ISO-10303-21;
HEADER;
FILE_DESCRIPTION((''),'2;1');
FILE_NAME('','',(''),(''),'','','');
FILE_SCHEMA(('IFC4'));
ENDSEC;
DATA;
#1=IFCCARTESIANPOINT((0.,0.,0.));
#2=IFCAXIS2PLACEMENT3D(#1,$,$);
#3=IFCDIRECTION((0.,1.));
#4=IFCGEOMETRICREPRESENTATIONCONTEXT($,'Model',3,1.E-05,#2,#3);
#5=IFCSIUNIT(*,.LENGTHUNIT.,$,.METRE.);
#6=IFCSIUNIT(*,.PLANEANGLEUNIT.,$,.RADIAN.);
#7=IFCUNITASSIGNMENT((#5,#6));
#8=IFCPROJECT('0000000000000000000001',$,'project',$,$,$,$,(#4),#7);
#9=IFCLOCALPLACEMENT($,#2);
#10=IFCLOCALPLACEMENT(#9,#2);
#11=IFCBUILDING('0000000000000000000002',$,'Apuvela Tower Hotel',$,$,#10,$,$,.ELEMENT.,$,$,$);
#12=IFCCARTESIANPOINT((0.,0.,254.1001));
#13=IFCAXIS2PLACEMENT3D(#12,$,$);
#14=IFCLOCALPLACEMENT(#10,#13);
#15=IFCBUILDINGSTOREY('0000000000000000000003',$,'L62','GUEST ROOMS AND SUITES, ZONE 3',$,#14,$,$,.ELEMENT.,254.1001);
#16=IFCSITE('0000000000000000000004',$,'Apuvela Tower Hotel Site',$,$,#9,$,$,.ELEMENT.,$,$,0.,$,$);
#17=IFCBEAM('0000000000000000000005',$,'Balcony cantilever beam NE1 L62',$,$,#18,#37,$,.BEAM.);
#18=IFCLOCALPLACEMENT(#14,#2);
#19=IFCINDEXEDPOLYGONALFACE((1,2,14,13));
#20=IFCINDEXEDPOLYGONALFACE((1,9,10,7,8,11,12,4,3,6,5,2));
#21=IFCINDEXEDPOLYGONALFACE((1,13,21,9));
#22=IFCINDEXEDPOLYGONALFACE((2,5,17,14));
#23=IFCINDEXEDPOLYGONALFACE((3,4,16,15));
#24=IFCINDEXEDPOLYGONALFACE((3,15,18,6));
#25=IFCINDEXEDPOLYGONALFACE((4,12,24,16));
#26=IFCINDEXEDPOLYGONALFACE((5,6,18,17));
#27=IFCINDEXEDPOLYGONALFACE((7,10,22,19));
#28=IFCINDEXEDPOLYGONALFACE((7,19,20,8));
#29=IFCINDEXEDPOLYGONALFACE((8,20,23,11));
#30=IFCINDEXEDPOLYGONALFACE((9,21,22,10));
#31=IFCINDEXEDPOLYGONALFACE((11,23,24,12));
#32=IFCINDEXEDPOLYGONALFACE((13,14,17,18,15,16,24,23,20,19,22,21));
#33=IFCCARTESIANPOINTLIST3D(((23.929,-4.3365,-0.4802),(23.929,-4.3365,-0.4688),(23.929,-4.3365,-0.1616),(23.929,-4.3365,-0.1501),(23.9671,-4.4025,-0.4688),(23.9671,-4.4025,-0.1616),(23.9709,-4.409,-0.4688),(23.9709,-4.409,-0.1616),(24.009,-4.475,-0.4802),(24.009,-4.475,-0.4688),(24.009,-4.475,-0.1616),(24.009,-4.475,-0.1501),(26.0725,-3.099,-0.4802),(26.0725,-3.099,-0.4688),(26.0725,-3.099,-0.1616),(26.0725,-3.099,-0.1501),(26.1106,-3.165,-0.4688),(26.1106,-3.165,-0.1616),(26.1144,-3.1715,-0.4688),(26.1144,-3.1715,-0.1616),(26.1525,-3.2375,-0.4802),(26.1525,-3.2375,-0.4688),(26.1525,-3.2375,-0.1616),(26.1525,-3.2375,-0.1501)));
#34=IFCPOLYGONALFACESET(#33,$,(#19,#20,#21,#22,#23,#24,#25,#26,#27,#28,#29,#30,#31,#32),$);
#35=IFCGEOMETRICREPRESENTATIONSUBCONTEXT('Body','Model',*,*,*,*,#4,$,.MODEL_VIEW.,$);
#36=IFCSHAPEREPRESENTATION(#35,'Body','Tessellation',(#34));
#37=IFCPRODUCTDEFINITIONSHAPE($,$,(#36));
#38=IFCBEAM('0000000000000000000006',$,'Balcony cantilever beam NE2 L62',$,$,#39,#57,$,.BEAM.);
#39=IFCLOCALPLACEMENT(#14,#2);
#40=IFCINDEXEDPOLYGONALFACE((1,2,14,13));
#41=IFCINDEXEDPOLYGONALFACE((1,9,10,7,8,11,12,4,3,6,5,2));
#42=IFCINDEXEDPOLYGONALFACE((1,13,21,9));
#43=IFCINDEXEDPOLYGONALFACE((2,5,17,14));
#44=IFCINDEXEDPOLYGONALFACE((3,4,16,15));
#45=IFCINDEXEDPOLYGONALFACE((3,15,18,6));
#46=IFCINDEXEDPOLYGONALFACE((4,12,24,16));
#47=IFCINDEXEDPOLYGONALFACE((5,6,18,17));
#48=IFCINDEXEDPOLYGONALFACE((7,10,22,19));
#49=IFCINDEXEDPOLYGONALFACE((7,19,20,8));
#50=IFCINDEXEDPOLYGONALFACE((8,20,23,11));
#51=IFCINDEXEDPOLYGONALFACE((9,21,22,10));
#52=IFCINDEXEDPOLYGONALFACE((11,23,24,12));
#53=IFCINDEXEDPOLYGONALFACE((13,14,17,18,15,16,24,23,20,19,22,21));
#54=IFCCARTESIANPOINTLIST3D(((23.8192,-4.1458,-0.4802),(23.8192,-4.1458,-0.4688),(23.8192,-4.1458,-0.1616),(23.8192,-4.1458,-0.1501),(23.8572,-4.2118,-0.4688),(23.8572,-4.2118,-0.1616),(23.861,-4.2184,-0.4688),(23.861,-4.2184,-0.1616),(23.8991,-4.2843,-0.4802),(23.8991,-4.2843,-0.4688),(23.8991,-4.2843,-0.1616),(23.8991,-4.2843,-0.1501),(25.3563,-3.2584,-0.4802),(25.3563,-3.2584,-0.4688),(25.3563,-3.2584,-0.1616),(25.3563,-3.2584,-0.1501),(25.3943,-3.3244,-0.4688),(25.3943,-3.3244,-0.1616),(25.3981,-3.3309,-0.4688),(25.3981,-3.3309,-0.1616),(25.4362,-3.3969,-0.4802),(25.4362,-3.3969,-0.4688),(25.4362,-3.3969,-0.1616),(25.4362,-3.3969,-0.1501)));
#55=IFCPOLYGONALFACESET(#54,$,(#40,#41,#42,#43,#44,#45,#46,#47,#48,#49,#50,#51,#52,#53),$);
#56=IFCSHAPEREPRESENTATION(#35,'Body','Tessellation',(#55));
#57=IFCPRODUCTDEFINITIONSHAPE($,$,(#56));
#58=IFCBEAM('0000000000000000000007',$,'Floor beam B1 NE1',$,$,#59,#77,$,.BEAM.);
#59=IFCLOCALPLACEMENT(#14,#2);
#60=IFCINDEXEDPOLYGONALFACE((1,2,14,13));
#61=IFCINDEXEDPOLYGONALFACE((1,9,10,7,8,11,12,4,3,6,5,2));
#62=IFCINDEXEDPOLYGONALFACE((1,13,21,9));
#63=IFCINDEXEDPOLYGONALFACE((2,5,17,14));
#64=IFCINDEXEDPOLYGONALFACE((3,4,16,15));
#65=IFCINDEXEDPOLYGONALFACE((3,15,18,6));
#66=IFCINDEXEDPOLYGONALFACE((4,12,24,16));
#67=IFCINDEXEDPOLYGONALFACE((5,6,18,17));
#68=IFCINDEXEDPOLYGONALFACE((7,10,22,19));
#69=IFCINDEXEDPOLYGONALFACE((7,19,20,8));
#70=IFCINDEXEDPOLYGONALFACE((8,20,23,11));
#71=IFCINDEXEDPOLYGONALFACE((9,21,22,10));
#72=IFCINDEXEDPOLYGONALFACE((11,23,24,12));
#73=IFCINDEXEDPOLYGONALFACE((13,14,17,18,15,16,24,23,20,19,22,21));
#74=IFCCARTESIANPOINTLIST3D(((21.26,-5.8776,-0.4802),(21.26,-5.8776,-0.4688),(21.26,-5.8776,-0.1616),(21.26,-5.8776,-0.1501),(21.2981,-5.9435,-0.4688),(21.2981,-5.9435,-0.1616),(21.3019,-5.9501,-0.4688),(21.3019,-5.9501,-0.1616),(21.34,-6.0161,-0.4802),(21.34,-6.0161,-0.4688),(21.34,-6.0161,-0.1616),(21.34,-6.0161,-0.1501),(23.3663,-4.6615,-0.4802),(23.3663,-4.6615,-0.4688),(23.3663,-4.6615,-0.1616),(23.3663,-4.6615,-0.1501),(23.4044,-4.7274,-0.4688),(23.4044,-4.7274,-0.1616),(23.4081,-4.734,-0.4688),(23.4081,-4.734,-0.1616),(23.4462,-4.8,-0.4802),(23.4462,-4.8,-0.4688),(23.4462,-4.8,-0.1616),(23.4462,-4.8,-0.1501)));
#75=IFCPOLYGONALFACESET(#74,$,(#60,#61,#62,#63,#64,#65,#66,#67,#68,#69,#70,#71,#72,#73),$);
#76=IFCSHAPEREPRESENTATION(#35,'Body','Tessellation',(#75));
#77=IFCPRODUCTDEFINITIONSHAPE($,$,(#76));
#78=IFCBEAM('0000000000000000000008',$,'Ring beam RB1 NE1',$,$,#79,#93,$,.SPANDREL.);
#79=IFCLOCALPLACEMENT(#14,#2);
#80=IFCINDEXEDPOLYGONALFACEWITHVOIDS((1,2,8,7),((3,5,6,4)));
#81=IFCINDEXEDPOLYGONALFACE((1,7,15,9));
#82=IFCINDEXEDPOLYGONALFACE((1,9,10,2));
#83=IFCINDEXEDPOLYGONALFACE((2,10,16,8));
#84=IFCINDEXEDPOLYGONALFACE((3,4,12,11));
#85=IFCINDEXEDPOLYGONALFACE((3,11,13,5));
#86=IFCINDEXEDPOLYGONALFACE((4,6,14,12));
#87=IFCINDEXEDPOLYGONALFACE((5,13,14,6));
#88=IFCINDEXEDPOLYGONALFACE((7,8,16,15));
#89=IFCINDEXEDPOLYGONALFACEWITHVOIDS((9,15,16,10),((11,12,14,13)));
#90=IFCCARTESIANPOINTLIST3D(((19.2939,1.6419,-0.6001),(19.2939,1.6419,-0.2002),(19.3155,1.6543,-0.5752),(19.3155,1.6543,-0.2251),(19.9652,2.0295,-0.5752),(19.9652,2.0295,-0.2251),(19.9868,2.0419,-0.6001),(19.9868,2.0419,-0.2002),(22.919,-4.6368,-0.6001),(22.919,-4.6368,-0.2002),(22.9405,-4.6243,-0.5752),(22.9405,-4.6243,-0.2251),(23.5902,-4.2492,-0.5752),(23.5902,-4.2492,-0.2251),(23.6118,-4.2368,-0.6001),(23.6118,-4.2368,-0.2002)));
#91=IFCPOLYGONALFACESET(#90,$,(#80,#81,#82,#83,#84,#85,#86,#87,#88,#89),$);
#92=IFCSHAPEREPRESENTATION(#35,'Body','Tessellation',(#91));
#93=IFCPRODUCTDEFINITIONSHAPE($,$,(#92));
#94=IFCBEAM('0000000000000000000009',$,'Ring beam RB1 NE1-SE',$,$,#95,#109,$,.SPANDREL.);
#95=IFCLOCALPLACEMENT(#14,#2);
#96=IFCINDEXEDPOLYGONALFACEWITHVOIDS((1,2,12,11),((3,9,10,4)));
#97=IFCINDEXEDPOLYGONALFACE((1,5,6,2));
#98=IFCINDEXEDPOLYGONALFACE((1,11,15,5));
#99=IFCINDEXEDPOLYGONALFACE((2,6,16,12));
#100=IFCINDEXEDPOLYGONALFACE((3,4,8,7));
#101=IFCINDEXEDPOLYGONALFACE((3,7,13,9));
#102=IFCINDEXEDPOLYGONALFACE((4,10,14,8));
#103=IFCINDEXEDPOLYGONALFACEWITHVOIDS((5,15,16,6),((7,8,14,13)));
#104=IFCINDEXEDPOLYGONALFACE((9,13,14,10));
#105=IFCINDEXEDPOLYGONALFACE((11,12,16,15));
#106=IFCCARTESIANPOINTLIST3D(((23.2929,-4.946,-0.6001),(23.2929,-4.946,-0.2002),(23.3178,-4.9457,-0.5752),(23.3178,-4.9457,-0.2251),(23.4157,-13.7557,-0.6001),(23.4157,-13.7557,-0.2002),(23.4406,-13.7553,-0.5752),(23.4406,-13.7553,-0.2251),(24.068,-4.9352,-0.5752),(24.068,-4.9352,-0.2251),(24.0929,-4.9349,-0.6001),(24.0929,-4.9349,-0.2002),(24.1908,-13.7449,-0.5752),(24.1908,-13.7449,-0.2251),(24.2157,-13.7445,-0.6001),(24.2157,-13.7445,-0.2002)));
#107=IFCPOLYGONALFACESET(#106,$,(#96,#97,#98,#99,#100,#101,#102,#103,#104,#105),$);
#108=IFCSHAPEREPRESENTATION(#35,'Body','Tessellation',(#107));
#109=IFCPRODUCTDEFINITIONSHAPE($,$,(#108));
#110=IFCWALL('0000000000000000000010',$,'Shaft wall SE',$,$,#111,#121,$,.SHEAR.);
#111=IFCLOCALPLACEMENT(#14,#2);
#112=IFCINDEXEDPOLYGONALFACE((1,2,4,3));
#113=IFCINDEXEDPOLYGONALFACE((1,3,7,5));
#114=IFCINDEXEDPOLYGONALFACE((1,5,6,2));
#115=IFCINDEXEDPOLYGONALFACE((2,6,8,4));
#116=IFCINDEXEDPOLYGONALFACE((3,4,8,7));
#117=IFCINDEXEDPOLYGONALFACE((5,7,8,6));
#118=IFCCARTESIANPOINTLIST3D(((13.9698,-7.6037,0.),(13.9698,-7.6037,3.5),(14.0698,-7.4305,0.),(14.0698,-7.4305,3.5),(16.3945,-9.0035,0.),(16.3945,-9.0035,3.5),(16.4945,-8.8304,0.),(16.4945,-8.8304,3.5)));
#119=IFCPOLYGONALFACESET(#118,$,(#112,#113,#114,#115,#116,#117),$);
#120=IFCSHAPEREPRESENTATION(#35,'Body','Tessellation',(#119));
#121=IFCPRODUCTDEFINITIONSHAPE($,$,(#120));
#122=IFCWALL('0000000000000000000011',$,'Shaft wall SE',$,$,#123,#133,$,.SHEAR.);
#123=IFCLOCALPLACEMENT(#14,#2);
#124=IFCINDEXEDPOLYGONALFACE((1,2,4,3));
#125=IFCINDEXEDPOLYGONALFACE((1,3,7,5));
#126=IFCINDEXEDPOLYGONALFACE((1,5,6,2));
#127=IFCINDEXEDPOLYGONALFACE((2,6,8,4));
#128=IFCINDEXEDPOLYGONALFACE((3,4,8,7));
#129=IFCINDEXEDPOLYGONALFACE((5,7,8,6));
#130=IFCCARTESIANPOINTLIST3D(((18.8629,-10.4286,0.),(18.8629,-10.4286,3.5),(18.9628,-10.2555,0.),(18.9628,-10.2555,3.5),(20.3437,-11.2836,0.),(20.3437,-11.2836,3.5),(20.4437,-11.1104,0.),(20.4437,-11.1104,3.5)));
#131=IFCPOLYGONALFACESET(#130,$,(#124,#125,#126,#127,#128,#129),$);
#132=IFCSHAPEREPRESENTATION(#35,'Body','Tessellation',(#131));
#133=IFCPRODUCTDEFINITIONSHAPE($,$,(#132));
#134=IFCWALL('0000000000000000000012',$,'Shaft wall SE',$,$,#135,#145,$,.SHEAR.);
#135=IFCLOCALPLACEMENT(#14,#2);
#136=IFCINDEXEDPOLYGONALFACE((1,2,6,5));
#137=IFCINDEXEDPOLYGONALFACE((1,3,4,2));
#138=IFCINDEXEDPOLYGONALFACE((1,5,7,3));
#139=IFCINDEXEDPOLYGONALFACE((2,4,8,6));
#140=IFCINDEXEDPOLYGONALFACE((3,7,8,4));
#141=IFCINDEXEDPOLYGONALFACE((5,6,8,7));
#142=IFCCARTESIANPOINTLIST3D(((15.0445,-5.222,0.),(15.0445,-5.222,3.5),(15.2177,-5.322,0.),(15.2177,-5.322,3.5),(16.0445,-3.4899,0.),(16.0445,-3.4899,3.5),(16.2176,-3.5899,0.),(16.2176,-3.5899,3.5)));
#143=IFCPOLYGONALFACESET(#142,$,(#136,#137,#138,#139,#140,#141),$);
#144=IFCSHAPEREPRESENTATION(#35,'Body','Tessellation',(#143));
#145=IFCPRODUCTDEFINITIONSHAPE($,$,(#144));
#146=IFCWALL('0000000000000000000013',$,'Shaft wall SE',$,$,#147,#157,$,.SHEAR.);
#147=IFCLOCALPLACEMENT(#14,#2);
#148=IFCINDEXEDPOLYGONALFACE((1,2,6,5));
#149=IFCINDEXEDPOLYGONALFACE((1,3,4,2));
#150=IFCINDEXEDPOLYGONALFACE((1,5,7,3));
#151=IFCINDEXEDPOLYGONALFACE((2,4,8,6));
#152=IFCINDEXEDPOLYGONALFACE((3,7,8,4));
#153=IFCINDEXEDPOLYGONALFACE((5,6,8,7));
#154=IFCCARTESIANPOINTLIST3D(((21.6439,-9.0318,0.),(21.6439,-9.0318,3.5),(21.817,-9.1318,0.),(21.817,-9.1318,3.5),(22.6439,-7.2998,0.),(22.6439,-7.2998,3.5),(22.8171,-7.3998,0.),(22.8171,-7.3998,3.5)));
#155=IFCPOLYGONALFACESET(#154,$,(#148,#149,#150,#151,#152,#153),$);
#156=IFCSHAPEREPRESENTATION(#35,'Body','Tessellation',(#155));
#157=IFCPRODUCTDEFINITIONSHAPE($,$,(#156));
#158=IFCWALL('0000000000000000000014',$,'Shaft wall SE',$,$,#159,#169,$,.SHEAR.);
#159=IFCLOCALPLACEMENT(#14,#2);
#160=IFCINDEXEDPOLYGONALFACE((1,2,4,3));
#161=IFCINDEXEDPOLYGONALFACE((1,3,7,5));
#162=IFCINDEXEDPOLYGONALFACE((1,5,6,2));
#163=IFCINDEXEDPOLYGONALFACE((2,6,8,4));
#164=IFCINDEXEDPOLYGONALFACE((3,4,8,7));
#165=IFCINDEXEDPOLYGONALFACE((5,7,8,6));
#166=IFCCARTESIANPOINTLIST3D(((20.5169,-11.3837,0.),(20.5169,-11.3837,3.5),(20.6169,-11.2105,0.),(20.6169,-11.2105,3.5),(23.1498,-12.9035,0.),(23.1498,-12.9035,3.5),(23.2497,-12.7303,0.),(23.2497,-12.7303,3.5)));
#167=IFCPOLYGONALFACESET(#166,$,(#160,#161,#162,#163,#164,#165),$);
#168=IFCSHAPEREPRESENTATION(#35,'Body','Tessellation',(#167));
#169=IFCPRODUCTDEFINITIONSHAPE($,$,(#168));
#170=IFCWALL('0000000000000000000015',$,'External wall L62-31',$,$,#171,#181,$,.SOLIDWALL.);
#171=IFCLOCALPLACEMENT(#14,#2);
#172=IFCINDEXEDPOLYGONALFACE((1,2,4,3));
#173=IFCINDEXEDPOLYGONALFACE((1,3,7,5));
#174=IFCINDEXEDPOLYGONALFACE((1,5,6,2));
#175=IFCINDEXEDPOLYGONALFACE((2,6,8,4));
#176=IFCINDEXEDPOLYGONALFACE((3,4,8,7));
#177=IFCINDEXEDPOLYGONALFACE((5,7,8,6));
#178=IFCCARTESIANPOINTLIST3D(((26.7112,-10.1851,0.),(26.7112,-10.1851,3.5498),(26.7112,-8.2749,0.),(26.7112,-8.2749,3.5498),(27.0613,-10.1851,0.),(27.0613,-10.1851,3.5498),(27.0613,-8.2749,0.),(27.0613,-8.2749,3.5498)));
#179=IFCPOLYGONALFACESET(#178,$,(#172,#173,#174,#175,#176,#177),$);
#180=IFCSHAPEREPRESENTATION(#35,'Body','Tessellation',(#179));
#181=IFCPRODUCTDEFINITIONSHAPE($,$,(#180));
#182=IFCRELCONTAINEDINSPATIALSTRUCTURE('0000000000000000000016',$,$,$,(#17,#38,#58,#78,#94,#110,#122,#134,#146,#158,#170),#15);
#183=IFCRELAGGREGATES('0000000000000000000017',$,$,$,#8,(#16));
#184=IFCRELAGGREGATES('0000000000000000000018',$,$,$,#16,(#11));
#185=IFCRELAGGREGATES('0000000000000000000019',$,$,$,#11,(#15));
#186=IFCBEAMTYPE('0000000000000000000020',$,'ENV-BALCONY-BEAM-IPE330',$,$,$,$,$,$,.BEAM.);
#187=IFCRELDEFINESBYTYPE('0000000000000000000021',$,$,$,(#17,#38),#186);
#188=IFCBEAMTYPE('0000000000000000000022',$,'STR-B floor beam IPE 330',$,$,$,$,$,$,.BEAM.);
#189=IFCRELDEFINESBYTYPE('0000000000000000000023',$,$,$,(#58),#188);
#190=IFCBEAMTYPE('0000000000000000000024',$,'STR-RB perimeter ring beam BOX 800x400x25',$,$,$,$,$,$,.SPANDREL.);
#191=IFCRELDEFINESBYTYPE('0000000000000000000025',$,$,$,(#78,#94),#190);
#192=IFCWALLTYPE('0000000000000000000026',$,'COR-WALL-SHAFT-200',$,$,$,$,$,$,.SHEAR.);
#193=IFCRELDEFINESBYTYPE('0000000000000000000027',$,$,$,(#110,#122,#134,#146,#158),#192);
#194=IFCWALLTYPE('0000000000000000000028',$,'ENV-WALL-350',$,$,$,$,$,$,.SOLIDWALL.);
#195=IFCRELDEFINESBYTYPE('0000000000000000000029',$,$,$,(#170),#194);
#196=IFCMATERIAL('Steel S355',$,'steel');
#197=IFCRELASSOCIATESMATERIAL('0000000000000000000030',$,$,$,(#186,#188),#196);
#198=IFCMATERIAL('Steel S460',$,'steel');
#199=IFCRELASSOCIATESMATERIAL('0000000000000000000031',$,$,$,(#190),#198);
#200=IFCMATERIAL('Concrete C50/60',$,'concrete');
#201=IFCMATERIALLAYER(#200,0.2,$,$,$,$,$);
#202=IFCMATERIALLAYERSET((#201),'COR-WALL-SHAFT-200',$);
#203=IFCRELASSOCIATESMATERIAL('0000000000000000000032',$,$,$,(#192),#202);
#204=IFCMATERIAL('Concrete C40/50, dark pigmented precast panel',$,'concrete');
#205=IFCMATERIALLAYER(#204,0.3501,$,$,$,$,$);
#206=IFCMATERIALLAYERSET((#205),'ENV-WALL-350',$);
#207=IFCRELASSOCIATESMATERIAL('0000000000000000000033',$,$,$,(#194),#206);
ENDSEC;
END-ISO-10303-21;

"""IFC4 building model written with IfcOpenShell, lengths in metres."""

from ifc_helpers import new_model, si_unit, direction, frame, frame_2d, origin, origin_2d, place, context, subcontext, project, spatial, rectangle, hollow_rectangle, i_section, extrude, material, layer, layer_set, material_profile, profile_set, type_object, element, save


model = new_model("IFC4")

# Units and contexts
model_context = context("Model", 3, precision=1e-05, world=origin(), true_north=direction((0.0, 1.0)))
body_context = subcontext(model_context, "Body", "Model", "MODEL_VIEW")
ifc_project = project(units=[si_unit("LENGTHUNIT", "METRE"), si_unit("PLANEANGLEUNIT", "RADIAN")], contexts=[model_context])

# Site, building, storey
site_placement = place(None, origin())
site = spatial("IfcSite", under=ifc_project, at=site_placement, Name="Apuvela Tower Hotel Site", CompositionType="ELEMENT", RefElevation=0.0)
building_placement = place(site_placement, origin())
building = spatial("IfcBuilding", under=site, at=building_placement, Name="Apuvela Tower Hotel", CompositionType="ELEMENT")
storey_placement = place(building_placement, frame((0.0, 0.0, 254.1001)))
storey = spatial("IfcBuildingStorey", under=building, at=storey_placement, Name="L62", Description="GUEST ROOMS AND SUITES, ZONE 3", CompositionType="ELEMENT", Elevation=254.1001)

# Shared definitions
ifc_material_1 = material(Name="Steel S460", Category="steel")

# Beams
ifc_material_2 = material(Name="Steel S355", Category="steel")
ifc_material_profile_1 = material_profile(ifc_material_2, i_section(OverallWidth=0.1599, OverallDepth=0.3301, WebThickness=0.0076, FlangeThickness=0.0115, at=origin_2d()), Name="IPE 330")
ifc_profile_set_1 = profile_set([ifc_material_profile_1], Name="Steel S355")
beam_type_1 = type_object("IfcBeamType", Name="ENV-BALCONY-BEAM-IPE330", PredefinedType="BEAM", material=ifc_profile_set_1)
beam_1_placement = place(storey_placement, frame((23.969, -4.4058, -0.3152), z_axis=(0.866031, 0.49999, 0.0), x_axis=(-0.49999, 0.866031, 0.0)))
element("IfcBeam", 1, at=beam_1_placement, inside=storey, type_object=beam_type_1, Name="Balcony cantilever beam NE1 L62", PredefinedType="BEAM", context=body_context, shape_type="SweptSolid", body=[
    extrude(i_section(OverallWidth=0.1599, OverallDepth=0.3301, WebThickness=0.0076, FlangeThickness=0.0115, at=origin_2d()), origin(), (0.0, 0.0, 1.0), 2.4751),
])
beam_2_placement = place(storey_placement, frame((23.8591, -4.2151, -0.3152), z_axis=(0.866025, 0.5, 0.0), x_axis=(-0.5, 0.866025, 0.0)))
element("IfcBeam", 2, at=beam_2_placement, inside=storey, type_object=beam_type_1, Name="Balcony cantilever beam NE2 L62", PredefinedType="BEAM", context=body_context, shape_type="SweptSolid", body=[
    extrude(i_section(OverallWidth=0.1599, OverallDepth=0.3301, WebThickness=0.0076, FlangeThickness=0.0115, at=origin_2d()), origin(), (0.0, 0.0, 1.0), 1.7749),
])
ifc_material_profile_2 = material_profile(ifc_material_2, i_section(OverallWidth=0.1599, OverallDepth=0.3301, WebThickness=0.0076, FlangeThickness=0.0115, at=origin_2d()), Name="IPE 330")
ifc_profile_set_2 = profile_set([ifc_material_profile_2], Name="Steel S355")
beam_type_2 = type_object("IfcBeamType", Name="STR-B floor beam IPE 330", PredefinedType="BEAM", material=ifc_profile_set_2)
beam_3_placement = place(storey_placement, frame((23.4062, -4.7307, -0.3152), z_axis=(-0.866017, -0.500015, 0.0), x_axis=(0.500015, -0.866017, 0.0)))
element("IfcBeam", 3, at=beam_3_placement, inside=storey, type_object=beam_type_2, Name="Floor beam B1 NE1", PredefinedType="BEAM", context=body_context, shape_type="SweptSolid", body=[
    extrude(i_section(OverallWidth=0.1599, OverallDepth=0.3301, WebThickness=0.0076, FlangeThickness=0.0115, at=origin_2d()), origin(), (0.0, 0.0, 1.0), 2.4321),
])
ifc_material_profile_3 = material_profile(ifc_material_1, hollow_rectangle(XDim=0.8, YDim=0.3999, WallThickness=0.0249, at=origin_2d()), Name="BOX 800x400x25")
ifc_profile_set_3 = profile_set([ifc_material_profile_3], Name="Steel S460")
beam_type_3 = type_object("IfcBeamType", Name="STR-RB perimeter ring beam BOX 800x400x25", PredefinedType="SPANDREL", material=ifc_profile_set_3)
beam_4_placement = place(storey_placement, frame((23.2654, -4.4368, -0.4001), z_axis=(-0.500007, 0.866021, 0.0), x_axis=(-0.866021, -0.500007, 0.0)))
element("IfcBeam", 4, at=beam_4_placement, inside=storey, type_object=beam_type_3, Name="Ring beam RB1 NE1", PredefinedType="SPANDREL", context=body_context, shape_type="SweptSolid", body=[
    extrude(hollow_rectangle(XDim=0.8, YDim=0.3999, WallThickness=0.0249, at=origin_2d()), origin(), (0.0, 0.0, 1.0), 7.25),
])
beam_5_placement = place(storey_placement, frame((23.6929, -4.9404, -0.4001), z_axis=(0.013938, -0.999903, 0.0), x_axis=(0.999903, 0.013938, 0.0)))
element("IfcBeam", 5, at=beam_5_placement, inside=storey, type_object=beam_type_3, Name="Ring beam RB1 NE1-SE", PredefinedType="SPANDREL", context=body_context, shape_type="SweptSolid", body=[
    extrude(hollow_rectangle(XDim=0.8, YDim=0.3999, WallThickness=0.0249, at=origin_2d()), origin(), (0.0, 0.0, 1.0), 8.8105),
])

# Walls
ifc_material_3 = material(Name="Concrete C50/60", Category="concrete")
ifc_layer_1 = layer(ifc_material_3, 0.2)
ifc_layer_set_1 = layer_set([ifc_layer_1], Name="COR-WALL-SHAFT-200")
wall_type_1 = type_object("IfcWallType", Name="COR-WALL-SHAFT-200", PredefinedType="SHEAR", material=ifc_layer_set_1)
wall_1_placement = place(storey_placement, frame((14.0198, -7.5171, 0.0), z_axis=(0.0, 0.0, 1.0), x_axis=(0.866035, -0.499984, 0.0)))
element("IfcWall", 6, at=wall_1_placement, inside=storey, type_object=wall_type_1, Name="Shaft wall SE", PredefinedType="SHEAR", context=body_context, shape_type="SweptSolid", body=[
    extrude(rectangle(XDim=2.7998, YDim=0.2, at=frame_2d((1.3999, 0.0))), origin(), (0.0, 0.0, 1.0), 3.5),
])
wall_2_placement = place(storey_placement, frame((18.9128, -10.342, 0.0), z_axis=(0.0, 0.0, 1.0), x_axis=(0.866038, -0.499978, 0.0)))
element("IfcWall", 7, at=wall_2_placement, inside=storey, type_object=wall_type_1, Name="Shaft wall SE", PredefinedType="SHEAR", context=body_context, shape_type="SweptSolid", body=[
    extrude(rectangle(XDim=1.71, YDim=0.2, at=frame_2d((0.855, 0.0))), origin(), (0.0, 0.0, 1.0), 3.5),
])
for number, where, z_axis, x_axis, name in (
    (8, (15.1311, -5.272, 0.0), (0.0, 0.0, 1.0), (0.499973, 0.866041, 0.0), "Shaft wall SE"),
    (9, (21.7305, -9.0818, 0.0), (0.0, 0.0, 1.0), (0.500025, 0.866011, 0.0), "Shaft wall SE"),
):
    element("IfcWall", number, at=place(storey_placement, frame(where, z_axis=z_axis, x_axis=x_axis)), inside=storey, type_object=wall_type_1, Name=name, PredefinedType="SHEAR", context=body_context, shape_type="SweptSolid", body=[
        extrude(rectangle(XDim=2.0, YDim=0.2, at=frame_2d((1.0, 0.0))), origin(), (0.0, 0.0, 1.0), 3.5),
    ])
wall_3_placement = place(storey_placement, frame((20.5669, -11.2971, 0.0), z_axis=(0.0, 0.0, 1.0), x_axis=(0.866065, -0.499931, 0.0)))
element("IfcWall", 10, at=wall_3_placement, inside=storey, type_object=wall_type_1, Name="Shaft wall SE", PredefinedType="SHEAR", context=body_context, shape_type="SweptSolid", body=[
    extrude(rectangle(XDim=3.04, YDim=0.2, at=frame_2d((1.52, 0.0))), origin(), (0.0, 0.0, 1.0), 3.5),
])
ifc_material_4 = material(Name="Concrete C40/50, dark pigmented precast panel", Category="concrete")
ifc_layer_2 = layer(ifc_material_4, 0.3501)
ifc_layer_set_2 = layer_set([ifc_layer_2], Name="ENV-WALL-350")
wall_type_2 = type_object("IfcWallType", Name="ENV-WALL-350", PredefinedType="SOLIDWALL", material=ifc_layer_set_2)
for number, where, z_axis, x_axis, name in (
    (11, (26.8862, -10.1851, 0.0), (0.0, 0.0, 1.0), (0.0, 1.0, 0.0), "External wall L62-31"),
):
    element("IfcWall", number, at=place(storey_placement, frame(where, z_axis=z_axis, x_axis=x_axis)), inside=storey, type_object=wall_type_2, Name=name, PredefinedType="SOLIDWALL", context=body_context, shape_type="SweptSolid", body=[
        extrude(rectangle(XDim=1.9102, YDim=0.3501, at=frame_2d((0.9551, 0.0))), origin(), (0.0, 0.0, 1.0), 3.5498),
    ])

save(model, "model.ifc")
